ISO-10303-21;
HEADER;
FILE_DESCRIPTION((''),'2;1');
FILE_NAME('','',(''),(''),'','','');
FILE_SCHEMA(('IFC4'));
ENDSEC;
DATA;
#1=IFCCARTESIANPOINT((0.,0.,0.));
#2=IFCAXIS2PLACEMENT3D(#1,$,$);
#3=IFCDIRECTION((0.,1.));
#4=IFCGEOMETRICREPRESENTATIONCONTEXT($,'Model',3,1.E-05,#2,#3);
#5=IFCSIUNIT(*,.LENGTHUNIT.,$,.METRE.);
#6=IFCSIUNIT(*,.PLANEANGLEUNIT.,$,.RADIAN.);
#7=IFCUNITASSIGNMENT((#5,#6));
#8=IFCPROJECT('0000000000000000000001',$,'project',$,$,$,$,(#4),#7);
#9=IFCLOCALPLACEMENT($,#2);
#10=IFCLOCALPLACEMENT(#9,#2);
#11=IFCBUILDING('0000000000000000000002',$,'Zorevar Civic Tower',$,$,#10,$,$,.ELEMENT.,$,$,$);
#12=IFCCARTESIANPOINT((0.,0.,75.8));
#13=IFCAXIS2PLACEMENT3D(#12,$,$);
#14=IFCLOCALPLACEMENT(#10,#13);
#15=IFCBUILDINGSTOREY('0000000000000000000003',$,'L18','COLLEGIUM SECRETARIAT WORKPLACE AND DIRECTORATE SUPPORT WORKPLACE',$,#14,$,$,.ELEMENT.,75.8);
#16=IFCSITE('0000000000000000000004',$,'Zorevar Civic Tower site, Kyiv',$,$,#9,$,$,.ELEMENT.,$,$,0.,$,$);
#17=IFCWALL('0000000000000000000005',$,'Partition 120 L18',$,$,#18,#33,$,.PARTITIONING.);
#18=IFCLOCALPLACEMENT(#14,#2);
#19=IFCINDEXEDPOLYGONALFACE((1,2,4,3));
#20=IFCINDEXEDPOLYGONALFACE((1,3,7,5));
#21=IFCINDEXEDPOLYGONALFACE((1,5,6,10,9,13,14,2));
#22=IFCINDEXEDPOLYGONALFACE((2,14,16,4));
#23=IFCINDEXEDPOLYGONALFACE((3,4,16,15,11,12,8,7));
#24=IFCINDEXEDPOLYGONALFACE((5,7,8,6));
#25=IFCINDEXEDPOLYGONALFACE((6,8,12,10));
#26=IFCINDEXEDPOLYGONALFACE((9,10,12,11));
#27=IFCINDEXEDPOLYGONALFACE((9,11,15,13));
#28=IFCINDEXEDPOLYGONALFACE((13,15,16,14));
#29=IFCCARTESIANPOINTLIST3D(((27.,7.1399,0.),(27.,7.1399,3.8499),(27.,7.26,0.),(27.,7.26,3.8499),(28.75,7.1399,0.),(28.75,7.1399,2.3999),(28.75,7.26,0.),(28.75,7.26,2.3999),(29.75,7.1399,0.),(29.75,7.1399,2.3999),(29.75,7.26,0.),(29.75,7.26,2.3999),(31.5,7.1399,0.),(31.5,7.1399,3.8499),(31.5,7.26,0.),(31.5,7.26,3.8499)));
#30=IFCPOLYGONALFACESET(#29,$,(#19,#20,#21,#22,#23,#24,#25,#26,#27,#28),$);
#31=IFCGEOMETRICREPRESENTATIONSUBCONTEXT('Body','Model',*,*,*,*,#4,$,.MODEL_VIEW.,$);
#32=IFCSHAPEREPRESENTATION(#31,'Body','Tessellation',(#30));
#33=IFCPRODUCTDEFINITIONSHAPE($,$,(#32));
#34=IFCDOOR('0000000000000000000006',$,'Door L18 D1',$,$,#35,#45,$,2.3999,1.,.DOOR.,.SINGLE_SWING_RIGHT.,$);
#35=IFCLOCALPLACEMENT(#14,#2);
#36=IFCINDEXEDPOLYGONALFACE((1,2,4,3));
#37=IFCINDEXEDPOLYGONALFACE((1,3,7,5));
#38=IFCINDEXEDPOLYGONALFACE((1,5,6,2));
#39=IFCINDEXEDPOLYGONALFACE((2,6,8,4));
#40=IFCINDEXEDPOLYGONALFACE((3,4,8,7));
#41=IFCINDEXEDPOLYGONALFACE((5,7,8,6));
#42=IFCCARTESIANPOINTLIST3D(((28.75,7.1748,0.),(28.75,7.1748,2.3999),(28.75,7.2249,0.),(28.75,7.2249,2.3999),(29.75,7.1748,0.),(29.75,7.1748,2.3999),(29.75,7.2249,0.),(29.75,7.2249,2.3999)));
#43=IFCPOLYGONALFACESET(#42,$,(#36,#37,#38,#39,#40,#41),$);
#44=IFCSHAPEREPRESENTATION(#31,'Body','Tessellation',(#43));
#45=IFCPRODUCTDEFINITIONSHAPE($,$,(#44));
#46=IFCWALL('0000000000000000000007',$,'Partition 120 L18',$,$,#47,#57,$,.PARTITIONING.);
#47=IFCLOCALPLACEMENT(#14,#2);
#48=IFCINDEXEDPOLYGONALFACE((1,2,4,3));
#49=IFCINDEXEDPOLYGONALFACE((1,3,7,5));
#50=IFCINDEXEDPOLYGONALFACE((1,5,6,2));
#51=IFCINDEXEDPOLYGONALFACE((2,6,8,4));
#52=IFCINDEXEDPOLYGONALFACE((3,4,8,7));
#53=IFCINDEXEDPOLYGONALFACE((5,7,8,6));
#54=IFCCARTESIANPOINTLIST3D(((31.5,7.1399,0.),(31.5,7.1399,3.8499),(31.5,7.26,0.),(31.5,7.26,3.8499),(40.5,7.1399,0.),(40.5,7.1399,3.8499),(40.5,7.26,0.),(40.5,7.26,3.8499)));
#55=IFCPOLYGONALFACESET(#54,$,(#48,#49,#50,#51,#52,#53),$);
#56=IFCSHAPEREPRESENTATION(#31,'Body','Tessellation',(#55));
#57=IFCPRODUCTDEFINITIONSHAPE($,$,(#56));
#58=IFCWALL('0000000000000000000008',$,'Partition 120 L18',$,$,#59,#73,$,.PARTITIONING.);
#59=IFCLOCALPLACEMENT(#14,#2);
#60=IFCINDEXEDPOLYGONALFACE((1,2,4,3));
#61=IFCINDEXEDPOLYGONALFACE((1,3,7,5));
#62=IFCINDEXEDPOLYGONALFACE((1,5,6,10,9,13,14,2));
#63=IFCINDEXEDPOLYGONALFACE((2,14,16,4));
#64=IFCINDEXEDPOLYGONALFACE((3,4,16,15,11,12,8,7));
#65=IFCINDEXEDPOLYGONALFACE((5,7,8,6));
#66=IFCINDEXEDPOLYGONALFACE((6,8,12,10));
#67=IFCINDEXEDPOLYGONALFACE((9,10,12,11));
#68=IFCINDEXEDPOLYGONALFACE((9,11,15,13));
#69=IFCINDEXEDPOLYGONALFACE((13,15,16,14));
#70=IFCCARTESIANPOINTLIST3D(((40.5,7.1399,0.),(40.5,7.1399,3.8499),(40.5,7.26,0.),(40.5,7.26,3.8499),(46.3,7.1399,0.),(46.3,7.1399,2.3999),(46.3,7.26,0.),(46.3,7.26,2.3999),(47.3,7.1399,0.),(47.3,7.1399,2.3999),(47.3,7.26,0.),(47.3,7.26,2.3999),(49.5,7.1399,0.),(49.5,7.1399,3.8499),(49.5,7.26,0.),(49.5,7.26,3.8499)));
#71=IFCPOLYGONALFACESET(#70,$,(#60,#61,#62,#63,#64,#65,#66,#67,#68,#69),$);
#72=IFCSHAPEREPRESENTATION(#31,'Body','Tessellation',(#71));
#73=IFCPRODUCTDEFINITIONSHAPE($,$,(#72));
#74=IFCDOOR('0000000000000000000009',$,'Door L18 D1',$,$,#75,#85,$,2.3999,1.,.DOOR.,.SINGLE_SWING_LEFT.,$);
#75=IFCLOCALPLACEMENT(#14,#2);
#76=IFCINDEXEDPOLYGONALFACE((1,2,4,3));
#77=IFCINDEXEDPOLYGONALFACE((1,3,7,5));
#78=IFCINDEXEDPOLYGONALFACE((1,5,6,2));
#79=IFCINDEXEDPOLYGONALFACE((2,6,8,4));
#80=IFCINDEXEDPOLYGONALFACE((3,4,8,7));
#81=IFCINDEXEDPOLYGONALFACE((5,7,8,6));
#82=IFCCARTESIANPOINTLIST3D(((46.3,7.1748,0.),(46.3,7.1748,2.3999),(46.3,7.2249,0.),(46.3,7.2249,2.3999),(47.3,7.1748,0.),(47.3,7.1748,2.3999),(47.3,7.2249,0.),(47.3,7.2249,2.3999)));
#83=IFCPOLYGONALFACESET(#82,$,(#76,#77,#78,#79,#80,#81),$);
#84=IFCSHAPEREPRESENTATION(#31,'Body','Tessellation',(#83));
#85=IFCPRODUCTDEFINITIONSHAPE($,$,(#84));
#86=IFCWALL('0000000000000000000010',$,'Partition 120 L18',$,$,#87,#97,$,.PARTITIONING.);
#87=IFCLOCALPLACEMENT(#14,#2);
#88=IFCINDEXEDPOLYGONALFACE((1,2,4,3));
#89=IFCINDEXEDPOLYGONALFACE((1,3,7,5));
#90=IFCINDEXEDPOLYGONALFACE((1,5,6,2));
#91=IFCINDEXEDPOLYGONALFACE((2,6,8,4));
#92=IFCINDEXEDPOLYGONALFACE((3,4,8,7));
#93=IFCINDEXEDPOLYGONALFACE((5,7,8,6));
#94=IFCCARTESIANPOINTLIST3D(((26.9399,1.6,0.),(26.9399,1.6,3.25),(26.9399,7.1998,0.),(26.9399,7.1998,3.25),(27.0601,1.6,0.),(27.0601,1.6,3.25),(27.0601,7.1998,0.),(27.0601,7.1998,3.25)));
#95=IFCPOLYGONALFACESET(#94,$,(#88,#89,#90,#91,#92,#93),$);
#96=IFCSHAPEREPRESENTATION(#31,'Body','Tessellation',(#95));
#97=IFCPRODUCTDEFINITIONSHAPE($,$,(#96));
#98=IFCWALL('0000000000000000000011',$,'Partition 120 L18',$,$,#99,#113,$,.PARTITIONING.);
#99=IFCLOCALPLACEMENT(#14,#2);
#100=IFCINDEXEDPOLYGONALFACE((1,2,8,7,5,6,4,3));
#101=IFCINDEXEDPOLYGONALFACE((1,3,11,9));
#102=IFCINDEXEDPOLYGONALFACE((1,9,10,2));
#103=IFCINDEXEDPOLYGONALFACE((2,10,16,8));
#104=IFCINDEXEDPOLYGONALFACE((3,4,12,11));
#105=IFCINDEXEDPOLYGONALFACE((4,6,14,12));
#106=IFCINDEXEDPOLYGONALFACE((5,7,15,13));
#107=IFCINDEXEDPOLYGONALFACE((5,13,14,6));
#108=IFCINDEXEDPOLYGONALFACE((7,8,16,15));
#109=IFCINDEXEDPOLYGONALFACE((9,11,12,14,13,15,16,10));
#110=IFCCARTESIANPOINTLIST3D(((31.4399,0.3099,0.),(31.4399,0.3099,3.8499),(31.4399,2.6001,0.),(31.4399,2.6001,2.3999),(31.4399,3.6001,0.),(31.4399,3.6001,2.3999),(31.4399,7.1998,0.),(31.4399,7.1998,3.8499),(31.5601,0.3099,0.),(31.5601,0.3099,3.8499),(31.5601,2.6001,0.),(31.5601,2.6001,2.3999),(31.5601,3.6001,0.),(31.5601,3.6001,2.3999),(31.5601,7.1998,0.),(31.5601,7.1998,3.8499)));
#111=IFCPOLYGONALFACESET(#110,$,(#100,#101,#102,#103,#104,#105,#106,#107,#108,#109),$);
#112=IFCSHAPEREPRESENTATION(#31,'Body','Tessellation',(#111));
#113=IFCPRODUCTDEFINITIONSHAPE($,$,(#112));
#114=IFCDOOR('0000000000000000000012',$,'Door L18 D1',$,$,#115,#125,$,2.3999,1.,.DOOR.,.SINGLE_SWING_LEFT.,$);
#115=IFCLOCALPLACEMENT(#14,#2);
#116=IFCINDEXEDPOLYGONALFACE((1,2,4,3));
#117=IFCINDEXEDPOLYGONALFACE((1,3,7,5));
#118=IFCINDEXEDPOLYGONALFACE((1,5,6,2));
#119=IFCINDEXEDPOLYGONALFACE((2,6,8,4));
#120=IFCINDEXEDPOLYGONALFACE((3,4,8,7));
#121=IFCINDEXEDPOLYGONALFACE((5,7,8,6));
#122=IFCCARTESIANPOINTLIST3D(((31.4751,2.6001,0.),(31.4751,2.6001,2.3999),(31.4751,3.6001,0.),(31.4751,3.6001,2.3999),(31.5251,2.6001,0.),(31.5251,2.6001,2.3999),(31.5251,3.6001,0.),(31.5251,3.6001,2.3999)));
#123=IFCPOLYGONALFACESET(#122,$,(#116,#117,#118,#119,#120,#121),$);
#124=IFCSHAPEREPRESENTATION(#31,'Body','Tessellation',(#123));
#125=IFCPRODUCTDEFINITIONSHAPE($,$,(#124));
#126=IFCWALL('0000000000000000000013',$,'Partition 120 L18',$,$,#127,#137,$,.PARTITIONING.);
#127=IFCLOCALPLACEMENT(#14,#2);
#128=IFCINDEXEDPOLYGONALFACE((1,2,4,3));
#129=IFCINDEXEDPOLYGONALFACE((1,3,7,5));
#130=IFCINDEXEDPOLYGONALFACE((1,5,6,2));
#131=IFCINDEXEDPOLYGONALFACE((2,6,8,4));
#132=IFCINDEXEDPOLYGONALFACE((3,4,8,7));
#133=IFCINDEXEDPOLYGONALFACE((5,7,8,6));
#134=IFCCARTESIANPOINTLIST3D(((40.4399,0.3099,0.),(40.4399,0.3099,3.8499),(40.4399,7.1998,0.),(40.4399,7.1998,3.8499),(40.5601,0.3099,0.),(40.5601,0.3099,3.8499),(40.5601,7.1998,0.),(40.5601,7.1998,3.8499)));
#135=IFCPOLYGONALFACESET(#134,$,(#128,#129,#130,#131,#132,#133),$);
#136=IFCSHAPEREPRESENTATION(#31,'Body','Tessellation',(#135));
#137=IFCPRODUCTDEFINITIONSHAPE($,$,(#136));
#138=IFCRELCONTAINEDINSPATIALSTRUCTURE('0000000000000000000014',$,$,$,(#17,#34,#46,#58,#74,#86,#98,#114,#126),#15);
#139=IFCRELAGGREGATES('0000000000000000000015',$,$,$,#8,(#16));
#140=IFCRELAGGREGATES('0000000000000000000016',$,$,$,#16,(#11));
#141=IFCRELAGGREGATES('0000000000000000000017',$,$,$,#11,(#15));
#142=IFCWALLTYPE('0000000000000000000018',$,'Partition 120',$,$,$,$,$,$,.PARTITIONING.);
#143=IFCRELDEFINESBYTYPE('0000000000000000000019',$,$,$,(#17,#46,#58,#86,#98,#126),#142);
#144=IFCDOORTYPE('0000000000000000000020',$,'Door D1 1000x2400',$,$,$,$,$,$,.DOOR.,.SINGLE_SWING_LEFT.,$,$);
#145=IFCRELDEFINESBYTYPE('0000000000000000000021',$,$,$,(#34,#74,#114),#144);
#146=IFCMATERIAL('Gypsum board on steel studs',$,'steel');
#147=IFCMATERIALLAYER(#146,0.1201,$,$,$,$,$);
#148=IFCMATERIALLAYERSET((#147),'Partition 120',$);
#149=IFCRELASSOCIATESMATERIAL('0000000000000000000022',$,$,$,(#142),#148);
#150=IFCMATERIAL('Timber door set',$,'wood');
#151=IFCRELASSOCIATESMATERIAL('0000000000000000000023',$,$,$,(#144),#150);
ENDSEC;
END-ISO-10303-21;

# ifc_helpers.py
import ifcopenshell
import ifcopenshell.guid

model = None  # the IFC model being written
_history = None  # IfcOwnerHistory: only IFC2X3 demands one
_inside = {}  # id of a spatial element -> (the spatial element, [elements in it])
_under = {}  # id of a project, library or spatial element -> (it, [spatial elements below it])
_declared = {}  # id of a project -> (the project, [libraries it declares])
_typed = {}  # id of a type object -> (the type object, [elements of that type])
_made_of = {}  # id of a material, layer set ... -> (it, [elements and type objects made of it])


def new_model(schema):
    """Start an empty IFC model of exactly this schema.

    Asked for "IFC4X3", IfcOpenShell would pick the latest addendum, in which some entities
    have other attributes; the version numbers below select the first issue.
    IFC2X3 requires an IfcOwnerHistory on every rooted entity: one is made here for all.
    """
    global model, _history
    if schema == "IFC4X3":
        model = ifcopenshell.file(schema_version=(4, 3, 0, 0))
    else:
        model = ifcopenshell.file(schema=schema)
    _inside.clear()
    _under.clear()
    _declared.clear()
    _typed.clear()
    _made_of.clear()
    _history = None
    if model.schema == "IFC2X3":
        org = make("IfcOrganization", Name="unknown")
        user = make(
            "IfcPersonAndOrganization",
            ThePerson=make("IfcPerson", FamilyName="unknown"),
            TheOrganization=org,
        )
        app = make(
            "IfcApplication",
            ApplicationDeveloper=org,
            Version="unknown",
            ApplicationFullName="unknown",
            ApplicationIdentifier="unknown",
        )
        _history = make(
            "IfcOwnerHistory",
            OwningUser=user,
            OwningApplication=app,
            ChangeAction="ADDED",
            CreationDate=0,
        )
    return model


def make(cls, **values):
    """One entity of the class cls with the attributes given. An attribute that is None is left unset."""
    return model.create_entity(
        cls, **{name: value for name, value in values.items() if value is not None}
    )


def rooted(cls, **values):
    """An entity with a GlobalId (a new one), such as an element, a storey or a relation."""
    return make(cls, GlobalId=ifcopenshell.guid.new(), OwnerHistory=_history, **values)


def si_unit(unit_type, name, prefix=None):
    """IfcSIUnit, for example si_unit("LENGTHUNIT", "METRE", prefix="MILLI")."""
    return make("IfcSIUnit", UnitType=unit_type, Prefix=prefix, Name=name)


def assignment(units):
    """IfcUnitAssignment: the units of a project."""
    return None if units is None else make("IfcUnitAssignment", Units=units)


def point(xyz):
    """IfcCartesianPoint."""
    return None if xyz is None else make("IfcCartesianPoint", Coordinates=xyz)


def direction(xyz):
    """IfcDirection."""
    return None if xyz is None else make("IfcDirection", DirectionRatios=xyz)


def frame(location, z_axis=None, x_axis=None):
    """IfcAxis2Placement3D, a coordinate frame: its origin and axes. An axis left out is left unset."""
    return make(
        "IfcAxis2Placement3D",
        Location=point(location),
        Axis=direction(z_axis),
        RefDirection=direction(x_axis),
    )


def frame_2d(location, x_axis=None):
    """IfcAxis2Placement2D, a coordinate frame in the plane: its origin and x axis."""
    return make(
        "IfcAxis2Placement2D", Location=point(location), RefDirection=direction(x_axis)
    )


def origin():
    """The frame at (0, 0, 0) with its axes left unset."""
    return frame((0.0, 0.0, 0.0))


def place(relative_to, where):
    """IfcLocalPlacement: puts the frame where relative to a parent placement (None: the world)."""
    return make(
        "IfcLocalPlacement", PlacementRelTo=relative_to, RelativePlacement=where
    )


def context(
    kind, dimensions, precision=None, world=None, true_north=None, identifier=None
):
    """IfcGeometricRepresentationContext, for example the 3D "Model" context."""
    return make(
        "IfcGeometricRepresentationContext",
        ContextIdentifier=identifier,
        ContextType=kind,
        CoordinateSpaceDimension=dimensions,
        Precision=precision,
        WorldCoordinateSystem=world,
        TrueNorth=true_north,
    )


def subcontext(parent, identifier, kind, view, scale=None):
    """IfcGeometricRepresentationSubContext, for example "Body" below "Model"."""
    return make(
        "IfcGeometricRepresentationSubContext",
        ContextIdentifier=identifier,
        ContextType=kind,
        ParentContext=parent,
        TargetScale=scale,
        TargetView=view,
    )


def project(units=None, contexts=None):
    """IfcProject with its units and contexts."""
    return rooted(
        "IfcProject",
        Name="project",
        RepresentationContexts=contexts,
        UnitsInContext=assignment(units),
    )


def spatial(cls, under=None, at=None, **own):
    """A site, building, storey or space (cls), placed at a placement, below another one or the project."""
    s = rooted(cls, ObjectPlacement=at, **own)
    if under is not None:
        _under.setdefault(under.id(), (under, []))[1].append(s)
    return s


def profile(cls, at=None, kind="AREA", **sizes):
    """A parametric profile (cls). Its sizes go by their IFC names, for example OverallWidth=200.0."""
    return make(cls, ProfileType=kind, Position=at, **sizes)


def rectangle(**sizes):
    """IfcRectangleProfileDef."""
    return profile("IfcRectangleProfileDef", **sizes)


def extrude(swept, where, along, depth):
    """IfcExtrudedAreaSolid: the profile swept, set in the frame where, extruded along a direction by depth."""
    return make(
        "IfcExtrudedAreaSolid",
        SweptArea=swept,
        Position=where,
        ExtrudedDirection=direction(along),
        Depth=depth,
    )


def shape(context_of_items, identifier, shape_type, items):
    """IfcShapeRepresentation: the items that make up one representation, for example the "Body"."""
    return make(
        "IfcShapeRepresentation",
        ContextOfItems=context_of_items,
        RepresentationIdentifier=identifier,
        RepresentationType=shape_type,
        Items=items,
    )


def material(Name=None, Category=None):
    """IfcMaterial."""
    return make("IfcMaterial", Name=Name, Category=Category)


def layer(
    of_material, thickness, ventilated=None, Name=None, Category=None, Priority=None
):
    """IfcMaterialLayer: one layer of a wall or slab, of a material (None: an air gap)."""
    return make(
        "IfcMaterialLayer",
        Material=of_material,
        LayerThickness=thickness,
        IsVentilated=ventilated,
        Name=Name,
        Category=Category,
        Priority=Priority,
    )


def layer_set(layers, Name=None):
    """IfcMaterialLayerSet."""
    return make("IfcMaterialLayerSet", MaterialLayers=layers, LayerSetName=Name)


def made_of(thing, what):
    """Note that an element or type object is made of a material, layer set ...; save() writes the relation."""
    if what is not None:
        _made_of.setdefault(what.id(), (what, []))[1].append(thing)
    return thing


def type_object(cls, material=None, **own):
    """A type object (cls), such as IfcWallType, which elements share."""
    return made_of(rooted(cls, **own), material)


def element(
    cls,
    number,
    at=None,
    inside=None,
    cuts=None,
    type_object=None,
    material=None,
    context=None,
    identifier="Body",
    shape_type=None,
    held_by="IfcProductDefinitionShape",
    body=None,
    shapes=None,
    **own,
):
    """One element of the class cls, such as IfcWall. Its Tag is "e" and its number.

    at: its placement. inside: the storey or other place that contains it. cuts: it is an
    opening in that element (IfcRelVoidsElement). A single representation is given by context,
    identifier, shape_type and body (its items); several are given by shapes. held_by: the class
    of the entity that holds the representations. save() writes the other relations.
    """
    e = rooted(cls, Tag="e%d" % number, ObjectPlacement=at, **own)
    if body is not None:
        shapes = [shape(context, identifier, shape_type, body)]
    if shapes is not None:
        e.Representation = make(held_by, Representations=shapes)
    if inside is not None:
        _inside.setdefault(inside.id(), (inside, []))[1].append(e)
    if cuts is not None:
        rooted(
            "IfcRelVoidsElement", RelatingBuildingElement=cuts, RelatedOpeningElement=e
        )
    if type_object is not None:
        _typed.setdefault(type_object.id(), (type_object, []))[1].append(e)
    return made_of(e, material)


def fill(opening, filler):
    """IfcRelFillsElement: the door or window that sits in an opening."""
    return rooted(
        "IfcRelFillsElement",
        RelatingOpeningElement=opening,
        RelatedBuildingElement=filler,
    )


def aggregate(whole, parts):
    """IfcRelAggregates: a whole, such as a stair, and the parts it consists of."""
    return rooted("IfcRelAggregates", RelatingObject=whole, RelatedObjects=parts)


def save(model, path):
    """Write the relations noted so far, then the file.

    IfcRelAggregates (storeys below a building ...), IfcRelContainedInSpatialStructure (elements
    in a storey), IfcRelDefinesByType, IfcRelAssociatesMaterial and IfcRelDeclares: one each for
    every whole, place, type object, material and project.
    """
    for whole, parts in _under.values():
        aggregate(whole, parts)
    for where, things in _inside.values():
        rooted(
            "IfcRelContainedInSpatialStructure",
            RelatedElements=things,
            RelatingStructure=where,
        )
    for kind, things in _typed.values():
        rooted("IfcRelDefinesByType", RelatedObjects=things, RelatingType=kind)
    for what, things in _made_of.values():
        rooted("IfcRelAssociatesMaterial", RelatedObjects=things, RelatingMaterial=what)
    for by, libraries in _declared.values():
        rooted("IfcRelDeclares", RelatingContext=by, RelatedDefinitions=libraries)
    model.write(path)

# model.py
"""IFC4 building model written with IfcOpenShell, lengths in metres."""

from ifc_helpers import new_model, si_unit, direction, frame, frame_2d, origin, place, context, subcontext, project, spatial, rectangle, extrude, material, layer, layer_set, type_object, element, fill, save


model = new_model("IFC4")

# Units and contexts
model_context = context("Model", 3, precision=1e-05, world=origin(), true_north=direction((0.0, 1.0)))
body_context = subcontext(model_context, "Body", "Model", "MODEL_VIEW")
ifc_project = project(units=[si_unit("LENGTHUNIT", "METRE"), si_unit("PLANEANGLEUNIT", "RADIAN")], contexts=[model_context])

# Site, building, storey
site_placement = place(None, origin())
site = spatial("IfcSite", under=ifc_project, at=site_placement, Name="Zorevar Civic Tower site, Kyiv", CompositionType="ELEMENT", RefElevation=0.0)
building_placement = place(site_placement, origin())
building = spatial("IfcBuilding", under=site, at=building_placement, Name="Zorevar Civic Tower", CompositionType="ELEMENT")
storey_placement = place(building_placement, frame((0.0, 0.0, 75.8)))
storey = spatial("IfcBuildingStorey", under=building, at=storey_placement, Name="L18", Description="COLLEGIUM SECRETARIAT WORKPLACE AND DIRECTORATE SUPPORT WORKPLACE", CompositionType="ELEMENT", Elevation=75.8)

# Wall, opening, door
ifc_material_1 = material(Name="Gypsum board on steel studs", Category="steel")
ifc_layer_1 = layer(ifc_material_1, 0.1201)
ifc_layer_set_1 = layer_set([ifc_layer_1], Name="Partition 120")
wall_type = type_object("IfcWallType", Name="Partition 120", PredefinedType="PARTITIONING", material=ifc_layer_set_1)
wall_1_placement = place(storey_placement, frame((27.0, 7.2, 0.0), z_axis=(0.0, 0.0, 1.0), x_axis=(1.0, 0.0, 0.0)))
wall_1 = element("IfcWall", 1, at=wall_1_placement, inside=storey, type_object=wall_type, Name="Partition 120 L18", PredefinedType="PARTITIONING", context=body_context, shape_type="SweptSolid", body=[
    extrude(rectangle(XDim=4.5, YDim=0.1201, at=frame_2d((2.25, 0.0))), origin(), (0.0, 0.0, 1.0), 3.8499),
])
opening_1_placement = place(wall_1_placement, frame((1.75, 0.0, 0.0)))
opening_1 = element("IfcOpeningElement", 2, at=opening_1_placement, cuts=wall_1, PredefinedType="OPENING", context=body_context, shape_type="SweptSolid", body=[
    extrude(rectangle(XDim=1.0, YDim=2.3999, at=frame_2d((0.5, 1.2))), frame((0.0, 0.0701, 0.0), z_axis=(0.0, -1.0, 0.0), x_axis=(1.0, 0.0, 0.0)), (0.0, 0.0, 1.0), 0.1401),
])
ifc_material_2 = material(Name="Timber door set", Category="wood")
door_type = type_object("IfcDoorType", Name="Door D1 1000x2400", OperationType="SINGLE_SWING_LEFT", PredefinedType="DOOR", material=ifc_material_2)
door_1_placement = place(opening_1_placement, origin())
door_1 = element("IfcDoor", 3, at=door_1_placement, inside=storey, type_object=door_type, Name="Door L18 D1", OperationType="SINGLE_SWING_RIGHT", OverallHeight=2.3999, OverallWidth=1.0, PredefinedType="DOOR", context=body_context, shape_type="SweptSolid", body=[
    extrude(rectangle(XDim=1.0, YDim=2.3999, at=frame_2d((0.5, 1.2))), frame((0.0, 0.0249, 0.0), z_axis=(0.0, -1.0, 0.0), x_axis=(1.0, 0.0, 0.0)), (0.0, 0.0, 1.0), 0.05),
])
fill(opening_1, door_1)

# Wall
wall_2_placement = place(storey_placement, frame((31.5, 7.2, 0.0), z_axis=(0.0, 0.0, 1.0), x_axis=(1.0, 0.0, 0.0)))
element("IfcWall", 4, at=wall_2_placement, inside=storey, type_object=wall_type, Name="Partition 120 L18", PredefinedType="PARTITIONING", context=body_context, shape_type="SweptSolid", body=[
    extrude(rectangle(XDim=9.0, YDim=0.1201, at=frame_2d((4.5, 0.0))), origin(), (0.0, 0.0, 1.0), 3.8499),
])

# Wall, opening, door
wall_3_placement = place(storey_placement, frame((40.5, 7.2, 0.0), z_axis=(0.0, 0.0, 1.0), x_axis=(1.0, 0.0, 0.0)))
wall_3 = element("IfcWall", 5, at=wall_3_placement, inside=storey, type_object=wall_type, Name="Partition 120 L18", PredefinedType="PARTITIONING", context=body_context, shape_type="SweptSolid", body=[
    extrude(rectangle(XDim=9.0, YDim=0.1201, at=frame_2d((4.5, 0.0))), origin(), (0.0, 0.0, 1.0), 3.8499),
])
opening_2_placement = place(wall_3_placement, frame((5.8, 0.0, 0.0)))
opening_2 = element("IfcOpeningElement", 6, at=opening_2_placement, cuts=wall_3, PredefinedType="OPENING", context=body_context, shape_type="SweptSolid", body=[
    extrude(rectangle(XDim=1.0, YDim=2.3999, at=frame_2d((0.5, 1.2))), frame((0.0, 0.0701, 0.0), z_axis=(0.0, -1.0, 0.0), x_axis=(1.0, 0.0, 0.0)), (0.0, 0.0, 1.0), 0.1401),
])
door_2_placement = place(opening_2_placement, origin())
door_2 = element("IfcDoor", 7, at=door_2_placement, inside=storey, type_object=door_type, Name="Door L18 D1", OperationType="SINGLE_SWING_LEFT", OverallHeight=2.3999, OverallWidth=1.0, PredefinedType="DOOR", context=body_context, shape_type="SweptSolid", body=[
    extrude(rectangle(XDim=1.0, YDim=2.3999, at=frame_2d((0.5, 1.2))), frame((0.0, 0.0249, 0.0), z_axis=(0.0, -1.0, 0.0), x_axis=(1.0, 0.0, 0.0)), (0.0, 0.0, 1.0), 0.05),
])
fill(opening_2, door_2)

# Wall
wall_4_placement = place(storey_placement, frame((27.0, 1.6001, 0.0), z_axis=(0.0, 0.0, 1.0), x_axis=(0.0, 1.0, 0.0)))
element("IfcWall", 8, at=wall_4_placement, inside=storey, type_object=wall_type, Name="Partition 120 L18", PredefinedType="PARTITIONING", context=body_context, shape_type="SweptSolid", body=[
    extrude(rectangle(XDim=5.5999, YDim=0.1201, at=frame_2d((2.7998, 0.0))), origin(), (0.0, 0.0, 1.0), 3.25),
])

# Wall, opening, door
wall_5_placement = place(storey_placement, frame((31.5, 0.3101, 0.0), z_axis=(0.0, 0.0, 1.0), x_axis=(0.0, 1.0, 0.0)))
wall_5 = element("IfcWall", 9, at=wall_5_placement, inside=storey, type_object=wall_type, Name="Partition 120 L18", PredefinedType="PARTITIONING", context=body_context, shape_type="SweptSolid", body=[
    extrude(rectangle(XDim=6.8899, YDim=0.1201, at=frame_2d((3.4448, 0.0))), origin(), (0.0, 0.0, 1.0), 3.8499),
])
opening_3_placement = place(wall_5_placement, frame((2.29, 0.0, 0.0)))
opening_3 = element("IfcOpeningElement", 10, at=opening_3_placement, cuts=wall_5, PredefinedType="OPENING", context=body_context, shape_type="SweptSolid", body=[
    extrude(rectangle(XDim=1.0, YDim=2.3999, at=frame_2d((0.5, 1.2))), frame((0.0, 0.0701, 0.0), z_axis=(0.0, -1.0, 0.0), x_axis=(1.0, 0.0, 0.0)), (0.0, 0.0, 1.0), 0.1401),
])
door_3_placement = place(opening_3_placement, origin())
door_3 = element("IfcDoor", 11, at=door_3_placement, inside=storey, type_object=door_type, Name="Door L18 D1", OperationType="SINGLE_SWING_LEFT", OverallHeight=2.3999, OverallWidth=1.0, PredefinedType="DOOR", context=body_context, shape_type="SweptSolid", body=[
    extrude(rectangle(XDim=1.0, YDim=2.3999, at=frame_2d((0.5, 1.2))), frame((0.0, 0.0249, 0.0), z_axis=(0.0, -1.0, 0.0), x_axis=(1.0, 0.0, 0.0)), (0.0, 0.0, 1.0), 0.05),
])
fill(opening_3, door_3)

# Wall
wall_6_placement = place(storey_placement, frame((40.5, 0.3101, 0.0), z_axis=(0.0, 0.0, 1.0), x_axis=(0.0, 1.0, 0.0)))
element("IfcWall", 12, at=wall_6_placement, inside=storey, type_object=wall_type, Name="Partition 120 L18", PredefinedType="PARTITIONING", context=body_context, shape_type="SweptSolid", body=[
    extrude(rectangle(XDim=6.8899, YDim=0.1201, at=frame_2d((3.4448, 0.0))), origin(), (0.0, 0.0, 1.0), 3.8499),
])

save(model, "model.ifc")
